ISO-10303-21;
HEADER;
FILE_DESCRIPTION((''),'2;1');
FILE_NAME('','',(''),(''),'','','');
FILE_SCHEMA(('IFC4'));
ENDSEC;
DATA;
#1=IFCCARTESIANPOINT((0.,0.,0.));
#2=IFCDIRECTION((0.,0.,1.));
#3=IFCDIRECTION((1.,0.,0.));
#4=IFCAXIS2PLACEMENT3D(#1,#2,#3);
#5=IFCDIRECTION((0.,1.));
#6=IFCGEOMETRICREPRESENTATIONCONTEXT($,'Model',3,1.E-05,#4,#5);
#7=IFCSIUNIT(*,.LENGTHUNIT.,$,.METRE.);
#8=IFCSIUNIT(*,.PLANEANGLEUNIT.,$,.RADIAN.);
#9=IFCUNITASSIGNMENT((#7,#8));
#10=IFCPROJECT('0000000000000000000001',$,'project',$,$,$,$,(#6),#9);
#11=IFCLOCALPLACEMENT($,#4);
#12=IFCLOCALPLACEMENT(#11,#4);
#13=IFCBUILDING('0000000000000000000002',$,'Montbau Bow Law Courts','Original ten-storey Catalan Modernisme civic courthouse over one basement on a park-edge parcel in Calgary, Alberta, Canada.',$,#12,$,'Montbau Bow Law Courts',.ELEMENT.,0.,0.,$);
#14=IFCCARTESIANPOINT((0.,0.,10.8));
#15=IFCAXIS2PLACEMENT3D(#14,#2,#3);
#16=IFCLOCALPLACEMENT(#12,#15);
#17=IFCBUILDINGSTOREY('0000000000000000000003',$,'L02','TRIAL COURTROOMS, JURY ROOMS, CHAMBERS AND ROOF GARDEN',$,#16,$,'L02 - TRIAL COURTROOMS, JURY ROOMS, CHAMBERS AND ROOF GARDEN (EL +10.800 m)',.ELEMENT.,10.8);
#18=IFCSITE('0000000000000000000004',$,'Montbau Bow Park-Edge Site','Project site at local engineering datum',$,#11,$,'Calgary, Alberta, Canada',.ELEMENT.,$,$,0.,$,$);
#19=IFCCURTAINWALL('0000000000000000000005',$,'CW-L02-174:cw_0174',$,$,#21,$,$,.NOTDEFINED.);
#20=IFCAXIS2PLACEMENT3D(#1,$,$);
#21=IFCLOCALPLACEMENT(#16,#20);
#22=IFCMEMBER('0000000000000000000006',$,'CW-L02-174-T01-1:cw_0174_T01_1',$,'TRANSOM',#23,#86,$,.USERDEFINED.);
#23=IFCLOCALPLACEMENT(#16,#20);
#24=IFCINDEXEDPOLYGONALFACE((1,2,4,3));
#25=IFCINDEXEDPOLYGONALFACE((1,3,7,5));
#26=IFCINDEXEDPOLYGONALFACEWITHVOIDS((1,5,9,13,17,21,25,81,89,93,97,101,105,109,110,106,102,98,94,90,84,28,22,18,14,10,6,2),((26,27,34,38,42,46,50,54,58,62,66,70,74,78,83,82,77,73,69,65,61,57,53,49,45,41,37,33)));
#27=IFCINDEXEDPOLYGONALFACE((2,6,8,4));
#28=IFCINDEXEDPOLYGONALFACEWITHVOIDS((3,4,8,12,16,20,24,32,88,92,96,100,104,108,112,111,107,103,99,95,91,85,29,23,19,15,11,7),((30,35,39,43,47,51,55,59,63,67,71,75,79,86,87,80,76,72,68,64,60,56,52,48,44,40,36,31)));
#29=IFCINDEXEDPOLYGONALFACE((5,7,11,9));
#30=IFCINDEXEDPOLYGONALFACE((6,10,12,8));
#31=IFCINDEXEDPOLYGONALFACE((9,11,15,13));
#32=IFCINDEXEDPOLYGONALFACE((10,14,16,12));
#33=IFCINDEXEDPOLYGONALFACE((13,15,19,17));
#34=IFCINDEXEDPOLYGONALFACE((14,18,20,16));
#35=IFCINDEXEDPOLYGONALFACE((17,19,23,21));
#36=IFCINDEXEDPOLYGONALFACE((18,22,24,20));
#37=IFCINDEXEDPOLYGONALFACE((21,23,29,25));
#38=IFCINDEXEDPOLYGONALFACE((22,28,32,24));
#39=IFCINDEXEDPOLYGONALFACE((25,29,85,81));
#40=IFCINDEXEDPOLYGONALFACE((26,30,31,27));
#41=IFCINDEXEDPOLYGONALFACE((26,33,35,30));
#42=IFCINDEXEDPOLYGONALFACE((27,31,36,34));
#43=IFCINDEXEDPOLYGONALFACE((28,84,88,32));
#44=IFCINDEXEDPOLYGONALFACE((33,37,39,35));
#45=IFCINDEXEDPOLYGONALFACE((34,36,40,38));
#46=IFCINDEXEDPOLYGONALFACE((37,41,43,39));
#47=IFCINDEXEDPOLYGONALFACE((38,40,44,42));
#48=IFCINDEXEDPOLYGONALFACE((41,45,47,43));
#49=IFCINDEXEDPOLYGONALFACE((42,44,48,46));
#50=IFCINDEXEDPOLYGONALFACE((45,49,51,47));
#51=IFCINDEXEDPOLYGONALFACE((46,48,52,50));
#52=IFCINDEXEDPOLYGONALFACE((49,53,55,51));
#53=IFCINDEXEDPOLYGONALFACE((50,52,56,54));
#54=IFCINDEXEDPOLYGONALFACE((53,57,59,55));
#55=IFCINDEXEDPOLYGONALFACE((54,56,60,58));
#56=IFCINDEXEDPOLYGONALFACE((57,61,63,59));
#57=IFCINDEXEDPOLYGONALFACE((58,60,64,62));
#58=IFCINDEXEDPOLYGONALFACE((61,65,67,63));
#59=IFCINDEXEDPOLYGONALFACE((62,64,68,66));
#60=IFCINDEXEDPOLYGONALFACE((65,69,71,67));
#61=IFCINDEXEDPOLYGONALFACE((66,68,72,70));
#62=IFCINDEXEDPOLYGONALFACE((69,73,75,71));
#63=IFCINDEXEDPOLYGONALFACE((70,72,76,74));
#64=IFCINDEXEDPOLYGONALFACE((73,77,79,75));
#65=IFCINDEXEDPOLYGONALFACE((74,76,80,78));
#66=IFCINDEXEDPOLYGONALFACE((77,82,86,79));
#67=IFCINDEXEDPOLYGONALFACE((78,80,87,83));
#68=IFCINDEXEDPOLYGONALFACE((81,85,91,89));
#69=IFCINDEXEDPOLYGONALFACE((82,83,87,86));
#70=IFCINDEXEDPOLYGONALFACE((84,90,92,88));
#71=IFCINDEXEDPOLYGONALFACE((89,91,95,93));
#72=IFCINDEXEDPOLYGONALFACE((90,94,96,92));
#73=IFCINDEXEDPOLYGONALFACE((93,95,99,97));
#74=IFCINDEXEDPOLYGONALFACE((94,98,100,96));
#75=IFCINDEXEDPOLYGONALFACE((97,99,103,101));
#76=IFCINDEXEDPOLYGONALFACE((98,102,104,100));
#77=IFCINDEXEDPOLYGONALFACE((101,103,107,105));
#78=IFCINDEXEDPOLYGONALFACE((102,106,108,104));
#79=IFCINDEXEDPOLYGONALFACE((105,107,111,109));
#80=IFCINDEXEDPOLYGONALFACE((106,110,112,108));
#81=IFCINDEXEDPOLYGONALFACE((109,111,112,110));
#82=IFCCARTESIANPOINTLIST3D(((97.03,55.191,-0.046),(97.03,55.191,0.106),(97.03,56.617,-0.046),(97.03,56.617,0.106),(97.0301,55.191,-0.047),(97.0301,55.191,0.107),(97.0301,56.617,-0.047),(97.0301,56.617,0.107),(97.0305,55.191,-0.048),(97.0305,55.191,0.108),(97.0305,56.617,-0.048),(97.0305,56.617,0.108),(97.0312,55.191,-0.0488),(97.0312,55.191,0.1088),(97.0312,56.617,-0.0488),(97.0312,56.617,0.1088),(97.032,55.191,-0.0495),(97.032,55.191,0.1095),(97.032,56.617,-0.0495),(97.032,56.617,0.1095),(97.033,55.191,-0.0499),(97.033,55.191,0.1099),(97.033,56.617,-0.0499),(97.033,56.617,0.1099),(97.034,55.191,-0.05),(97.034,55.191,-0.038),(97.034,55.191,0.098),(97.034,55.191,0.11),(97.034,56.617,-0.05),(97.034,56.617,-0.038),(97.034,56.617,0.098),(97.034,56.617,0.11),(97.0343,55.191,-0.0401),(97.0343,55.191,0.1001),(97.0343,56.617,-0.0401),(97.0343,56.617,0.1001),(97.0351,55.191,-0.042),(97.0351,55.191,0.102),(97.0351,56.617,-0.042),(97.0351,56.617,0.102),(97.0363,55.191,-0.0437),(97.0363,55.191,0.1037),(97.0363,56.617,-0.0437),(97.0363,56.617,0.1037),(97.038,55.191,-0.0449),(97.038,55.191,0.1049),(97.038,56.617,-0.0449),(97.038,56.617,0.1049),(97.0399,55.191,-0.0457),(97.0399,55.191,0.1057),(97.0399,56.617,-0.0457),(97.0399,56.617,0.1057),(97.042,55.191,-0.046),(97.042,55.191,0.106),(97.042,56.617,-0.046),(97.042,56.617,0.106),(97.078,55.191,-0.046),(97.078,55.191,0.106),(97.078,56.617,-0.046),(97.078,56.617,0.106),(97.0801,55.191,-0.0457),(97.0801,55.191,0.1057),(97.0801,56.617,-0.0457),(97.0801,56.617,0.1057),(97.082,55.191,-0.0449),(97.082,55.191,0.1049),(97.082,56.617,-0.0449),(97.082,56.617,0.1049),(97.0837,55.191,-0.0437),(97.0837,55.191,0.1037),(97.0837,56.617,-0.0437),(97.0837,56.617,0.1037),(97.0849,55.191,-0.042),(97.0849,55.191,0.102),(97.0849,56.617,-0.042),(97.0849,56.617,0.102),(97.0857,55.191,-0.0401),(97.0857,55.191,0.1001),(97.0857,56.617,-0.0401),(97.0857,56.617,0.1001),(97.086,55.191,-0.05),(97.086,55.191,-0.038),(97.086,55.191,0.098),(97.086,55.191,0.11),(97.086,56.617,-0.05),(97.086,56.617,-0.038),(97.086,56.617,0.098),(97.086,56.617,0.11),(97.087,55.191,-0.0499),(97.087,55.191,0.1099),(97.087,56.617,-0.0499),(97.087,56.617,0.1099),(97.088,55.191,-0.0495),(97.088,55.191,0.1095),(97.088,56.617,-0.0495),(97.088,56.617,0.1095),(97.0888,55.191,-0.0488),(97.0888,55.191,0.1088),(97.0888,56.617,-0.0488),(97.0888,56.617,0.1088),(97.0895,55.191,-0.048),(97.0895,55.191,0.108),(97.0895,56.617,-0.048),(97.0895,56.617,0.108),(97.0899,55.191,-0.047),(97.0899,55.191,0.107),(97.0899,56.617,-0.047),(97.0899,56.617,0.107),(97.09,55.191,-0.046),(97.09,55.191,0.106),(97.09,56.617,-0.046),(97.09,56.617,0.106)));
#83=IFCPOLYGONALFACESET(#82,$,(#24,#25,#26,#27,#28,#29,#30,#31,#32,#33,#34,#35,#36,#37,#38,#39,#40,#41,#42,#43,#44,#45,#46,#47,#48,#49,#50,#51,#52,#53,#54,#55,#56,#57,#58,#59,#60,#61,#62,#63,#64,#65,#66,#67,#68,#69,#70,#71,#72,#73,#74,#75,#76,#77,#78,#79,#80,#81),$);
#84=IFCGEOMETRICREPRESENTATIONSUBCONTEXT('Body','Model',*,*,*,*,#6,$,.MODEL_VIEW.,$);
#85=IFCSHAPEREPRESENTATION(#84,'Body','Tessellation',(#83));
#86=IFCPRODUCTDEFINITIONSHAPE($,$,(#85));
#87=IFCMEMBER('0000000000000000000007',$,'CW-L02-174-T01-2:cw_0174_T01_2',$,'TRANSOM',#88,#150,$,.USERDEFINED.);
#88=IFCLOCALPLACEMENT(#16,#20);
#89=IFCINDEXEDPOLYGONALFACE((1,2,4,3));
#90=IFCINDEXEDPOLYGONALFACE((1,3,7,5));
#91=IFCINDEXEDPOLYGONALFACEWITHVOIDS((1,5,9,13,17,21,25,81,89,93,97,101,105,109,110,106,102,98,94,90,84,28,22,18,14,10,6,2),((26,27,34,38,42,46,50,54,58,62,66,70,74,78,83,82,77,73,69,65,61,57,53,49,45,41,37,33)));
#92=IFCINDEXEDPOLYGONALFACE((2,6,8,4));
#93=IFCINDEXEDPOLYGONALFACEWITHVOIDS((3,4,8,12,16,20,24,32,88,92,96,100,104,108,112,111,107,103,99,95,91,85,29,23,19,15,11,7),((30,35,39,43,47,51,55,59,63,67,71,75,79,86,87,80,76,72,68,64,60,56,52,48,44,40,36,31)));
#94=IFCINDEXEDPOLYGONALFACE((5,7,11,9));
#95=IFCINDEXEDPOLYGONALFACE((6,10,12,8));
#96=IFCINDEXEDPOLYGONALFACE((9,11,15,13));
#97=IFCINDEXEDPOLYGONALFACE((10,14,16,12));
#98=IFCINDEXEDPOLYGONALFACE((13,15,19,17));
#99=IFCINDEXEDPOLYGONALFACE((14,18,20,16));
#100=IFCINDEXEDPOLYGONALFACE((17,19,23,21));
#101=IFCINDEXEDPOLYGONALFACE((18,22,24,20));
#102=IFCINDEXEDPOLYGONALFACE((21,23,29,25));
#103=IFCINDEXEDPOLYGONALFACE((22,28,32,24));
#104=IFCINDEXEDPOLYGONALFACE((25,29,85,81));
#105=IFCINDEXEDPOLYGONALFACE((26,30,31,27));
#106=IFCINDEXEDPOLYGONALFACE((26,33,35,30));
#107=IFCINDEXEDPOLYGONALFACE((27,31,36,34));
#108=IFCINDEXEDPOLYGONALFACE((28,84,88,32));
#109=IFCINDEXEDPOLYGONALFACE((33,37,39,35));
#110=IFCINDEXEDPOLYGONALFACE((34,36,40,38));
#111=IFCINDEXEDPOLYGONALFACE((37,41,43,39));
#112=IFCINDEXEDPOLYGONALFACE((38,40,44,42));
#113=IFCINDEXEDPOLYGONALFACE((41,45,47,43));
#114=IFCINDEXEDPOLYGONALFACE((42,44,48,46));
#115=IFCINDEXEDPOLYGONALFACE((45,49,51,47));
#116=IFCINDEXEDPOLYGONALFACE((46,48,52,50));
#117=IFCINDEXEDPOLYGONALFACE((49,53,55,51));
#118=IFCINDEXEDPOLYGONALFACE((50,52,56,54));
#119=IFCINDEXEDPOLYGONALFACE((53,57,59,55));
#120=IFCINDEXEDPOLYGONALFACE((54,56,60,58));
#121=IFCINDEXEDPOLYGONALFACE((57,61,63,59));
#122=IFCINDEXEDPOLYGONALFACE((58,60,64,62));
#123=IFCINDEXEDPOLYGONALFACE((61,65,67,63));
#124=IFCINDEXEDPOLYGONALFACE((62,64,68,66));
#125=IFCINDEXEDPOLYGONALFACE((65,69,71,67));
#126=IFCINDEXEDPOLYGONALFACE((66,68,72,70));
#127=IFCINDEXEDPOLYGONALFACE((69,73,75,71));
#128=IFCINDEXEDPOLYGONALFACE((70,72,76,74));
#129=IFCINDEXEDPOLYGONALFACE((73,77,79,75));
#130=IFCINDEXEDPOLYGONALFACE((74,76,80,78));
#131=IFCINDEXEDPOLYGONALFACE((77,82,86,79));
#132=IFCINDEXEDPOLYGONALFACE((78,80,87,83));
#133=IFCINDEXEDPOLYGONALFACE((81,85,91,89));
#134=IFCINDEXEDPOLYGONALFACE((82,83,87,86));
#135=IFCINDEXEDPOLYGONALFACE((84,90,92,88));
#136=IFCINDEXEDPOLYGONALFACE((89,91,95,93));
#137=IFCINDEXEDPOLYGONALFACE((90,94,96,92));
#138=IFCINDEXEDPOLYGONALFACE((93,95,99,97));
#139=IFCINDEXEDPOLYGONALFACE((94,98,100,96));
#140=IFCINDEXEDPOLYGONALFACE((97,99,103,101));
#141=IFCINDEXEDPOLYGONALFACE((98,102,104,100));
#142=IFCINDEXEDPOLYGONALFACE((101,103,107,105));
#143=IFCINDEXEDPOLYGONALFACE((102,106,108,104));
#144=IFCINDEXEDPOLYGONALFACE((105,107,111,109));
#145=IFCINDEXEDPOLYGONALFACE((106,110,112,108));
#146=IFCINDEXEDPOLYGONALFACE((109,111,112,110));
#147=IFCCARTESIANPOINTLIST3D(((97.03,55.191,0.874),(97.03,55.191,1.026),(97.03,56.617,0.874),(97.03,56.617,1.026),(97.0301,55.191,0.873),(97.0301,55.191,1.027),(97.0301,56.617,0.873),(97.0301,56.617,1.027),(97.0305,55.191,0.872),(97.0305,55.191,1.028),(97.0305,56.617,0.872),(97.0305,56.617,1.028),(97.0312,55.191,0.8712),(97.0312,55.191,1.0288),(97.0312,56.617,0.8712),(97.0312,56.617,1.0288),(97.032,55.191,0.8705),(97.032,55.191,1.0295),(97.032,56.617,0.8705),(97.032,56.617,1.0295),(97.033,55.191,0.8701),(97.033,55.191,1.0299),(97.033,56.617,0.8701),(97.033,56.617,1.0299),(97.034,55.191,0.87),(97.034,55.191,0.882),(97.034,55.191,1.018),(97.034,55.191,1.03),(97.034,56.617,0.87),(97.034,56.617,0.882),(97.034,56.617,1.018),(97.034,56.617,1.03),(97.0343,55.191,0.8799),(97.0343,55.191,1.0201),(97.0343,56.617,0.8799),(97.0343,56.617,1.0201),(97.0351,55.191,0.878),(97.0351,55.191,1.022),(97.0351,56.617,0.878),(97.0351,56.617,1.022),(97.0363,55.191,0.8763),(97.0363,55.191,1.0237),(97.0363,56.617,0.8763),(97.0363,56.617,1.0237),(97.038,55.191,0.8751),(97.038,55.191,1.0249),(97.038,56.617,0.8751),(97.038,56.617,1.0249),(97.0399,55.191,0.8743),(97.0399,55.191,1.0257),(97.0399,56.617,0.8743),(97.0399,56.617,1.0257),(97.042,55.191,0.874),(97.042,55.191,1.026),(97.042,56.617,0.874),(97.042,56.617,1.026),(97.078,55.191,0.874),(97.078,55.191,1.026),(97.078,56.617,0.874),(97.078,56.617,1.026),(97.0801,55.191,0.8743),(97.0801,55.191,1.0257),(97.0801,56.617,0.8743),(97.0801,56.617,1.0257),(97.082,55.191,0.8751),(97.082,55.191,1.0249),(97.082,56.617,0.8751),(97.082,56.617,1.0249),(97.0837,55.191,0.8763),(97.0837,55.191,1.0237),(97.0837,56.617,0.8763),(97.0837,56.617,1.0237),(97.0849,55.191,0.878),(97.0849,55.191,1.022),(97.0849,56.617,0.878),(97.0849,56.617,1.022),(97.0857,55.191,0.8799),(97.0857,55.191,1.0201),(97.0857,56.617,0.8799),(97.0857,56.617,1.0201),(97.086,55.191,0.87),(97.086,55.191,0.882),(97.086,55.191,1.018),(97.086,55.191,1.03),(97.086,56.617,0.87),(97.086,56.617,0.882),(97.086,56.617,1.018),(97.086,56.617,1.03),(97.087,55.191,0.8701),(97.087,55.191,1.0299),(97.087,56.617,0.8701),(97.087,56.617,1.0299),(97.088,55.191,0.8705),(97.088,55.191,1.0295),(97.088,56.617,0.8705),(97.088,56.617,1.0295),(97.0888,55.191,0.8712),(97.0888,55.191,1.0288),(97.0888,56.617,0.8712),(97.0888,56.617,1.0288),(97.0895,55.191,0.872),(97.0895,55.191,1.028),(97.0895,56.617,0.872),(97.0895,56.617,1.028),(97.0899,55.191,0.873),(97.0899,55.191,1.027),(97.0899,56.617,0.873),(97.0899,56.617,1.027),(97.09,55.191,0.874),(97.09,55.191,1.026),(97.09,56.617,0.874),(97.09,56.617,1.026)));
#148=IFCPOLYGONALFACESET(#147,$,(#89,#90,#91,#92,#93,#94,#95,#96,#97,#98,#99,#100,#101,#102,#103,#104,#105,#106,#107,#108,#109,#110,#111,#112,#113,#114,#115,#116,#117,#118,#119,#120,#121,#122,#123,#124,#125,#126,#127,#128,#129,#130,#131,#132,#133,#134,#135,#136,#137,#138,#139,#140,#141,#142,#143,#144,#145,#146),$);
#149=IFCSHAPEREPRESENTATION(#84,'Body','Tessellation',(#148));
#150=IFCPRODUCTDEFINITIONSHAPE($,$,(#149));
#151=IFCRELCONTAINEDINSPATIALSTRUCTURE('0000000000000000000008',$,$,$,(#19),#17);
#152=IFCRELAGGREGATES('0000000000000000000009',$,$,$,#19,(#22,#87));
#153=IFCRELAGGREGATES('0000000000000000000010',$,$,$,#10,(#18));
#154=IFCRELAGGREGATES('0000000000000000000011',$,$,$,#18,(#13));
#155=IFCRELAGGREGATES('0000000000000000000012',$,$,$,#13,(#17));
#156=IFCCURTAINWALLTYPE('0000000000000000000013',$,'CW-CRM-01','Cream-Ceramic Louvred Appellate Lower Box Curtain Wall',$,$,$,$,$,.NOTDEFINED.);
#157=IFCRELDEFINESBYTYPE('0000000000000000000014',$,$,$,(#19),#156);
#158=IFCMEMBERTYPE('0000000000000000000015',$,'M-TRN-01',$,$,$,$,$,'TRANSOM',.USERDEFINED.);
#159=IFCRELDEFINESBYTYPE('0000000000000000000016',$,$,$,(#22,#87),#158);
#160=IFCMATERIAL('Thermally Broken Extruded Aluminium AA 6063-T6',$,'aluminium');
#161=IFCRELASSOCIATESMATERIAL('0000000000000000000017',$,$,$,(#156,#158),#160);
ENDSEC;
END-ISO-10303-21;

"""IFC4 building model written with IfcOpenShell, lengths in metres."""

from ifc_helpers import new_model, si_unit, direction, frame, origin_with_axes, origin_2d_with_axis, place, context, subcontext, project, spatial, hollow_rectangle, extrude, material, material_profile, profile_set, type_object, element, aggregate, save


model = new_model("IFC4")

# Units and contexts
model_context = context("Model", 3, precision=1e-05, world=origin_with_axes(), true_north=direction((0.0, 1.0)))
body_context = subcontext(model_context, "Body", "Model", "MODEL_VIEW")
ifc_project = project(units=[si_unit("LENGTHUNIT", "METRE"), si_unit("PLANEANGLEUNIT", "RADIAN")], contexts=[model_context])

# Site, building, storey
site_placement = place(None, origin_with_axes())
site = spatial("IfcSite", under=ifc_project, at=site_placement, Name="Montbau Bow Park-Edge Site", Description="Project site at local engineering datum", LongName="Calgary, Alberta, Canada", CompositionType="ELEMENT", RefElevation=0.0)
building_placement = place(site_placement, origin_with_axes())
building = spatial("IfcBuilding", under=site, at=building_placement, Name="Montbau Bow Law Courts", Description="Original ten-storey Catalan Modernisme civic courthouse over one basement on a park-edge parcel in Calgary, Alberta, Canada.", LongName="Montbau Bow Law Courts", CompositionType="ELEMENT", ElevationOfRefHeight=0.0, ElevationOfTerrain=0.0)
storey_placement = place(building_placement, frame((0.0, 0.0, 10.8), z_axis=(0.0, 0.0, 1.0), x_axis=(1.0, 0.0, 0.0)))
storey = spatial("IfcBuildingStorey", under=building, at=storey_placement, Name="L02", Description="TRIAL COURTROOMS, JURY ROOMS, CHAMBERS AND ROOF GARDEN", LongName="L02 - TRIAL COURTROOMS, JURY ROOMS, CHAMBERS AND ROOF GARDEN (EL +10.800 m)", CompositionType="ELEMENT", Elevation=10.8)

# Curtain wall, members
ifc_material_1 = material(Name="Thermally Broken Extruded Aluminium AA 6063-T6", Category="aluminium")
curtain_wall_type = type_object("IfcCurtainWallType", Name="CW-CRM-01", Description="Cream-Ceramic Louvred Appellate Lower Box Curtain Wall", PredefinedType="NOTDEFINED", material=ifc_material_1)
curtain_wall_placement = place(None, frame((97.06, 55.115, 10.8), z_axis=(0.0, 0.0, 1.0), x_axis=(1.0, 0.0, 0.0)))
curtain_wall = element("IfcCurtainWall", 1, at=curtain_wall_placement, inside=storey, type_object=curtain_wall_type, Name="CW-L02-174:cw_0174", PredefinedType="NOTDEFINED")
ifc_material_profile_1 = material_profile(ifc_material_1, hollow_rectangle(XDim=0.06, YDim=0.16, WallThickness=0.004, InnerFilletRadius=0.008, OuterFilletRadius=0.004, at=origin_2d_with_axis()), Name="CWT-160X60", Category="Main", Priority=0)
ifc_profile_set_1 = profile_set([ifc_material_profile_1], Name="Thermally Broken Extruded Aluminium AA 6063-T6")
member_type_1 = type_object("IfcMemberType", Name="M-TRN-01", ElementType="TRANSOM", PredefinedType="USERDEFINED", material=ifc_profile_set_1)
member_1_placement = place(None, frame((97.06, 55.191, 10.83), z_axis=(0.0, 1.0, 0.0), x_axis=(-1.0, 0.0, 0.0)))
member_1 = element("IfcMember", 2, at=member_1_placement, type_object=member_type_1, Name="CW-L02-174-T01-1:cw_0174_T01_1", ObjectType="TRANSOM", PredefinedType="USERDEFINED", context=body_context, shape_type="SweptSolid", body=[
    extrude(hollow_rectangle(XDim=0.06, YDim=0.16, WallThickness=0.004, InnerFilletRadius=0.008, OuterFilletRadius=0.004, at=origin_2d_with_axis()), origin_with_axes(), (0.0, 0.0, 1.0), 1.426),
])
member_2_placement = place(None, frame((97.06, 55.191, 11.75), z_axis=(0.0, 1.0, 0.0), x_axis=(-1.0, 0.0, 0.0)))
member_2 = element("IfcMember", 3, at=member_2_placement, type_object=member_type_1, Name="CW-L02-174-T01-2:cw_0174_T01_2", ObjectType="TRANSOM", PredefinedType="USERDEFINED", context=body_context, shape_type="SweptSolid", body=[
    extrude(hollow_rectangle(XDim=0.06, YDim=0.16, WallThickness=0.004, InnerFilletRadius=0.008, OuterFilletRadius=0.004, at=origin_2d_with_axis()), origin_with_axes(), (0.0, 0.0, 1.0), 1.426),
])
aggregate(curtain_wall, [member_1, member_2])

save(model, "model.ifc")
